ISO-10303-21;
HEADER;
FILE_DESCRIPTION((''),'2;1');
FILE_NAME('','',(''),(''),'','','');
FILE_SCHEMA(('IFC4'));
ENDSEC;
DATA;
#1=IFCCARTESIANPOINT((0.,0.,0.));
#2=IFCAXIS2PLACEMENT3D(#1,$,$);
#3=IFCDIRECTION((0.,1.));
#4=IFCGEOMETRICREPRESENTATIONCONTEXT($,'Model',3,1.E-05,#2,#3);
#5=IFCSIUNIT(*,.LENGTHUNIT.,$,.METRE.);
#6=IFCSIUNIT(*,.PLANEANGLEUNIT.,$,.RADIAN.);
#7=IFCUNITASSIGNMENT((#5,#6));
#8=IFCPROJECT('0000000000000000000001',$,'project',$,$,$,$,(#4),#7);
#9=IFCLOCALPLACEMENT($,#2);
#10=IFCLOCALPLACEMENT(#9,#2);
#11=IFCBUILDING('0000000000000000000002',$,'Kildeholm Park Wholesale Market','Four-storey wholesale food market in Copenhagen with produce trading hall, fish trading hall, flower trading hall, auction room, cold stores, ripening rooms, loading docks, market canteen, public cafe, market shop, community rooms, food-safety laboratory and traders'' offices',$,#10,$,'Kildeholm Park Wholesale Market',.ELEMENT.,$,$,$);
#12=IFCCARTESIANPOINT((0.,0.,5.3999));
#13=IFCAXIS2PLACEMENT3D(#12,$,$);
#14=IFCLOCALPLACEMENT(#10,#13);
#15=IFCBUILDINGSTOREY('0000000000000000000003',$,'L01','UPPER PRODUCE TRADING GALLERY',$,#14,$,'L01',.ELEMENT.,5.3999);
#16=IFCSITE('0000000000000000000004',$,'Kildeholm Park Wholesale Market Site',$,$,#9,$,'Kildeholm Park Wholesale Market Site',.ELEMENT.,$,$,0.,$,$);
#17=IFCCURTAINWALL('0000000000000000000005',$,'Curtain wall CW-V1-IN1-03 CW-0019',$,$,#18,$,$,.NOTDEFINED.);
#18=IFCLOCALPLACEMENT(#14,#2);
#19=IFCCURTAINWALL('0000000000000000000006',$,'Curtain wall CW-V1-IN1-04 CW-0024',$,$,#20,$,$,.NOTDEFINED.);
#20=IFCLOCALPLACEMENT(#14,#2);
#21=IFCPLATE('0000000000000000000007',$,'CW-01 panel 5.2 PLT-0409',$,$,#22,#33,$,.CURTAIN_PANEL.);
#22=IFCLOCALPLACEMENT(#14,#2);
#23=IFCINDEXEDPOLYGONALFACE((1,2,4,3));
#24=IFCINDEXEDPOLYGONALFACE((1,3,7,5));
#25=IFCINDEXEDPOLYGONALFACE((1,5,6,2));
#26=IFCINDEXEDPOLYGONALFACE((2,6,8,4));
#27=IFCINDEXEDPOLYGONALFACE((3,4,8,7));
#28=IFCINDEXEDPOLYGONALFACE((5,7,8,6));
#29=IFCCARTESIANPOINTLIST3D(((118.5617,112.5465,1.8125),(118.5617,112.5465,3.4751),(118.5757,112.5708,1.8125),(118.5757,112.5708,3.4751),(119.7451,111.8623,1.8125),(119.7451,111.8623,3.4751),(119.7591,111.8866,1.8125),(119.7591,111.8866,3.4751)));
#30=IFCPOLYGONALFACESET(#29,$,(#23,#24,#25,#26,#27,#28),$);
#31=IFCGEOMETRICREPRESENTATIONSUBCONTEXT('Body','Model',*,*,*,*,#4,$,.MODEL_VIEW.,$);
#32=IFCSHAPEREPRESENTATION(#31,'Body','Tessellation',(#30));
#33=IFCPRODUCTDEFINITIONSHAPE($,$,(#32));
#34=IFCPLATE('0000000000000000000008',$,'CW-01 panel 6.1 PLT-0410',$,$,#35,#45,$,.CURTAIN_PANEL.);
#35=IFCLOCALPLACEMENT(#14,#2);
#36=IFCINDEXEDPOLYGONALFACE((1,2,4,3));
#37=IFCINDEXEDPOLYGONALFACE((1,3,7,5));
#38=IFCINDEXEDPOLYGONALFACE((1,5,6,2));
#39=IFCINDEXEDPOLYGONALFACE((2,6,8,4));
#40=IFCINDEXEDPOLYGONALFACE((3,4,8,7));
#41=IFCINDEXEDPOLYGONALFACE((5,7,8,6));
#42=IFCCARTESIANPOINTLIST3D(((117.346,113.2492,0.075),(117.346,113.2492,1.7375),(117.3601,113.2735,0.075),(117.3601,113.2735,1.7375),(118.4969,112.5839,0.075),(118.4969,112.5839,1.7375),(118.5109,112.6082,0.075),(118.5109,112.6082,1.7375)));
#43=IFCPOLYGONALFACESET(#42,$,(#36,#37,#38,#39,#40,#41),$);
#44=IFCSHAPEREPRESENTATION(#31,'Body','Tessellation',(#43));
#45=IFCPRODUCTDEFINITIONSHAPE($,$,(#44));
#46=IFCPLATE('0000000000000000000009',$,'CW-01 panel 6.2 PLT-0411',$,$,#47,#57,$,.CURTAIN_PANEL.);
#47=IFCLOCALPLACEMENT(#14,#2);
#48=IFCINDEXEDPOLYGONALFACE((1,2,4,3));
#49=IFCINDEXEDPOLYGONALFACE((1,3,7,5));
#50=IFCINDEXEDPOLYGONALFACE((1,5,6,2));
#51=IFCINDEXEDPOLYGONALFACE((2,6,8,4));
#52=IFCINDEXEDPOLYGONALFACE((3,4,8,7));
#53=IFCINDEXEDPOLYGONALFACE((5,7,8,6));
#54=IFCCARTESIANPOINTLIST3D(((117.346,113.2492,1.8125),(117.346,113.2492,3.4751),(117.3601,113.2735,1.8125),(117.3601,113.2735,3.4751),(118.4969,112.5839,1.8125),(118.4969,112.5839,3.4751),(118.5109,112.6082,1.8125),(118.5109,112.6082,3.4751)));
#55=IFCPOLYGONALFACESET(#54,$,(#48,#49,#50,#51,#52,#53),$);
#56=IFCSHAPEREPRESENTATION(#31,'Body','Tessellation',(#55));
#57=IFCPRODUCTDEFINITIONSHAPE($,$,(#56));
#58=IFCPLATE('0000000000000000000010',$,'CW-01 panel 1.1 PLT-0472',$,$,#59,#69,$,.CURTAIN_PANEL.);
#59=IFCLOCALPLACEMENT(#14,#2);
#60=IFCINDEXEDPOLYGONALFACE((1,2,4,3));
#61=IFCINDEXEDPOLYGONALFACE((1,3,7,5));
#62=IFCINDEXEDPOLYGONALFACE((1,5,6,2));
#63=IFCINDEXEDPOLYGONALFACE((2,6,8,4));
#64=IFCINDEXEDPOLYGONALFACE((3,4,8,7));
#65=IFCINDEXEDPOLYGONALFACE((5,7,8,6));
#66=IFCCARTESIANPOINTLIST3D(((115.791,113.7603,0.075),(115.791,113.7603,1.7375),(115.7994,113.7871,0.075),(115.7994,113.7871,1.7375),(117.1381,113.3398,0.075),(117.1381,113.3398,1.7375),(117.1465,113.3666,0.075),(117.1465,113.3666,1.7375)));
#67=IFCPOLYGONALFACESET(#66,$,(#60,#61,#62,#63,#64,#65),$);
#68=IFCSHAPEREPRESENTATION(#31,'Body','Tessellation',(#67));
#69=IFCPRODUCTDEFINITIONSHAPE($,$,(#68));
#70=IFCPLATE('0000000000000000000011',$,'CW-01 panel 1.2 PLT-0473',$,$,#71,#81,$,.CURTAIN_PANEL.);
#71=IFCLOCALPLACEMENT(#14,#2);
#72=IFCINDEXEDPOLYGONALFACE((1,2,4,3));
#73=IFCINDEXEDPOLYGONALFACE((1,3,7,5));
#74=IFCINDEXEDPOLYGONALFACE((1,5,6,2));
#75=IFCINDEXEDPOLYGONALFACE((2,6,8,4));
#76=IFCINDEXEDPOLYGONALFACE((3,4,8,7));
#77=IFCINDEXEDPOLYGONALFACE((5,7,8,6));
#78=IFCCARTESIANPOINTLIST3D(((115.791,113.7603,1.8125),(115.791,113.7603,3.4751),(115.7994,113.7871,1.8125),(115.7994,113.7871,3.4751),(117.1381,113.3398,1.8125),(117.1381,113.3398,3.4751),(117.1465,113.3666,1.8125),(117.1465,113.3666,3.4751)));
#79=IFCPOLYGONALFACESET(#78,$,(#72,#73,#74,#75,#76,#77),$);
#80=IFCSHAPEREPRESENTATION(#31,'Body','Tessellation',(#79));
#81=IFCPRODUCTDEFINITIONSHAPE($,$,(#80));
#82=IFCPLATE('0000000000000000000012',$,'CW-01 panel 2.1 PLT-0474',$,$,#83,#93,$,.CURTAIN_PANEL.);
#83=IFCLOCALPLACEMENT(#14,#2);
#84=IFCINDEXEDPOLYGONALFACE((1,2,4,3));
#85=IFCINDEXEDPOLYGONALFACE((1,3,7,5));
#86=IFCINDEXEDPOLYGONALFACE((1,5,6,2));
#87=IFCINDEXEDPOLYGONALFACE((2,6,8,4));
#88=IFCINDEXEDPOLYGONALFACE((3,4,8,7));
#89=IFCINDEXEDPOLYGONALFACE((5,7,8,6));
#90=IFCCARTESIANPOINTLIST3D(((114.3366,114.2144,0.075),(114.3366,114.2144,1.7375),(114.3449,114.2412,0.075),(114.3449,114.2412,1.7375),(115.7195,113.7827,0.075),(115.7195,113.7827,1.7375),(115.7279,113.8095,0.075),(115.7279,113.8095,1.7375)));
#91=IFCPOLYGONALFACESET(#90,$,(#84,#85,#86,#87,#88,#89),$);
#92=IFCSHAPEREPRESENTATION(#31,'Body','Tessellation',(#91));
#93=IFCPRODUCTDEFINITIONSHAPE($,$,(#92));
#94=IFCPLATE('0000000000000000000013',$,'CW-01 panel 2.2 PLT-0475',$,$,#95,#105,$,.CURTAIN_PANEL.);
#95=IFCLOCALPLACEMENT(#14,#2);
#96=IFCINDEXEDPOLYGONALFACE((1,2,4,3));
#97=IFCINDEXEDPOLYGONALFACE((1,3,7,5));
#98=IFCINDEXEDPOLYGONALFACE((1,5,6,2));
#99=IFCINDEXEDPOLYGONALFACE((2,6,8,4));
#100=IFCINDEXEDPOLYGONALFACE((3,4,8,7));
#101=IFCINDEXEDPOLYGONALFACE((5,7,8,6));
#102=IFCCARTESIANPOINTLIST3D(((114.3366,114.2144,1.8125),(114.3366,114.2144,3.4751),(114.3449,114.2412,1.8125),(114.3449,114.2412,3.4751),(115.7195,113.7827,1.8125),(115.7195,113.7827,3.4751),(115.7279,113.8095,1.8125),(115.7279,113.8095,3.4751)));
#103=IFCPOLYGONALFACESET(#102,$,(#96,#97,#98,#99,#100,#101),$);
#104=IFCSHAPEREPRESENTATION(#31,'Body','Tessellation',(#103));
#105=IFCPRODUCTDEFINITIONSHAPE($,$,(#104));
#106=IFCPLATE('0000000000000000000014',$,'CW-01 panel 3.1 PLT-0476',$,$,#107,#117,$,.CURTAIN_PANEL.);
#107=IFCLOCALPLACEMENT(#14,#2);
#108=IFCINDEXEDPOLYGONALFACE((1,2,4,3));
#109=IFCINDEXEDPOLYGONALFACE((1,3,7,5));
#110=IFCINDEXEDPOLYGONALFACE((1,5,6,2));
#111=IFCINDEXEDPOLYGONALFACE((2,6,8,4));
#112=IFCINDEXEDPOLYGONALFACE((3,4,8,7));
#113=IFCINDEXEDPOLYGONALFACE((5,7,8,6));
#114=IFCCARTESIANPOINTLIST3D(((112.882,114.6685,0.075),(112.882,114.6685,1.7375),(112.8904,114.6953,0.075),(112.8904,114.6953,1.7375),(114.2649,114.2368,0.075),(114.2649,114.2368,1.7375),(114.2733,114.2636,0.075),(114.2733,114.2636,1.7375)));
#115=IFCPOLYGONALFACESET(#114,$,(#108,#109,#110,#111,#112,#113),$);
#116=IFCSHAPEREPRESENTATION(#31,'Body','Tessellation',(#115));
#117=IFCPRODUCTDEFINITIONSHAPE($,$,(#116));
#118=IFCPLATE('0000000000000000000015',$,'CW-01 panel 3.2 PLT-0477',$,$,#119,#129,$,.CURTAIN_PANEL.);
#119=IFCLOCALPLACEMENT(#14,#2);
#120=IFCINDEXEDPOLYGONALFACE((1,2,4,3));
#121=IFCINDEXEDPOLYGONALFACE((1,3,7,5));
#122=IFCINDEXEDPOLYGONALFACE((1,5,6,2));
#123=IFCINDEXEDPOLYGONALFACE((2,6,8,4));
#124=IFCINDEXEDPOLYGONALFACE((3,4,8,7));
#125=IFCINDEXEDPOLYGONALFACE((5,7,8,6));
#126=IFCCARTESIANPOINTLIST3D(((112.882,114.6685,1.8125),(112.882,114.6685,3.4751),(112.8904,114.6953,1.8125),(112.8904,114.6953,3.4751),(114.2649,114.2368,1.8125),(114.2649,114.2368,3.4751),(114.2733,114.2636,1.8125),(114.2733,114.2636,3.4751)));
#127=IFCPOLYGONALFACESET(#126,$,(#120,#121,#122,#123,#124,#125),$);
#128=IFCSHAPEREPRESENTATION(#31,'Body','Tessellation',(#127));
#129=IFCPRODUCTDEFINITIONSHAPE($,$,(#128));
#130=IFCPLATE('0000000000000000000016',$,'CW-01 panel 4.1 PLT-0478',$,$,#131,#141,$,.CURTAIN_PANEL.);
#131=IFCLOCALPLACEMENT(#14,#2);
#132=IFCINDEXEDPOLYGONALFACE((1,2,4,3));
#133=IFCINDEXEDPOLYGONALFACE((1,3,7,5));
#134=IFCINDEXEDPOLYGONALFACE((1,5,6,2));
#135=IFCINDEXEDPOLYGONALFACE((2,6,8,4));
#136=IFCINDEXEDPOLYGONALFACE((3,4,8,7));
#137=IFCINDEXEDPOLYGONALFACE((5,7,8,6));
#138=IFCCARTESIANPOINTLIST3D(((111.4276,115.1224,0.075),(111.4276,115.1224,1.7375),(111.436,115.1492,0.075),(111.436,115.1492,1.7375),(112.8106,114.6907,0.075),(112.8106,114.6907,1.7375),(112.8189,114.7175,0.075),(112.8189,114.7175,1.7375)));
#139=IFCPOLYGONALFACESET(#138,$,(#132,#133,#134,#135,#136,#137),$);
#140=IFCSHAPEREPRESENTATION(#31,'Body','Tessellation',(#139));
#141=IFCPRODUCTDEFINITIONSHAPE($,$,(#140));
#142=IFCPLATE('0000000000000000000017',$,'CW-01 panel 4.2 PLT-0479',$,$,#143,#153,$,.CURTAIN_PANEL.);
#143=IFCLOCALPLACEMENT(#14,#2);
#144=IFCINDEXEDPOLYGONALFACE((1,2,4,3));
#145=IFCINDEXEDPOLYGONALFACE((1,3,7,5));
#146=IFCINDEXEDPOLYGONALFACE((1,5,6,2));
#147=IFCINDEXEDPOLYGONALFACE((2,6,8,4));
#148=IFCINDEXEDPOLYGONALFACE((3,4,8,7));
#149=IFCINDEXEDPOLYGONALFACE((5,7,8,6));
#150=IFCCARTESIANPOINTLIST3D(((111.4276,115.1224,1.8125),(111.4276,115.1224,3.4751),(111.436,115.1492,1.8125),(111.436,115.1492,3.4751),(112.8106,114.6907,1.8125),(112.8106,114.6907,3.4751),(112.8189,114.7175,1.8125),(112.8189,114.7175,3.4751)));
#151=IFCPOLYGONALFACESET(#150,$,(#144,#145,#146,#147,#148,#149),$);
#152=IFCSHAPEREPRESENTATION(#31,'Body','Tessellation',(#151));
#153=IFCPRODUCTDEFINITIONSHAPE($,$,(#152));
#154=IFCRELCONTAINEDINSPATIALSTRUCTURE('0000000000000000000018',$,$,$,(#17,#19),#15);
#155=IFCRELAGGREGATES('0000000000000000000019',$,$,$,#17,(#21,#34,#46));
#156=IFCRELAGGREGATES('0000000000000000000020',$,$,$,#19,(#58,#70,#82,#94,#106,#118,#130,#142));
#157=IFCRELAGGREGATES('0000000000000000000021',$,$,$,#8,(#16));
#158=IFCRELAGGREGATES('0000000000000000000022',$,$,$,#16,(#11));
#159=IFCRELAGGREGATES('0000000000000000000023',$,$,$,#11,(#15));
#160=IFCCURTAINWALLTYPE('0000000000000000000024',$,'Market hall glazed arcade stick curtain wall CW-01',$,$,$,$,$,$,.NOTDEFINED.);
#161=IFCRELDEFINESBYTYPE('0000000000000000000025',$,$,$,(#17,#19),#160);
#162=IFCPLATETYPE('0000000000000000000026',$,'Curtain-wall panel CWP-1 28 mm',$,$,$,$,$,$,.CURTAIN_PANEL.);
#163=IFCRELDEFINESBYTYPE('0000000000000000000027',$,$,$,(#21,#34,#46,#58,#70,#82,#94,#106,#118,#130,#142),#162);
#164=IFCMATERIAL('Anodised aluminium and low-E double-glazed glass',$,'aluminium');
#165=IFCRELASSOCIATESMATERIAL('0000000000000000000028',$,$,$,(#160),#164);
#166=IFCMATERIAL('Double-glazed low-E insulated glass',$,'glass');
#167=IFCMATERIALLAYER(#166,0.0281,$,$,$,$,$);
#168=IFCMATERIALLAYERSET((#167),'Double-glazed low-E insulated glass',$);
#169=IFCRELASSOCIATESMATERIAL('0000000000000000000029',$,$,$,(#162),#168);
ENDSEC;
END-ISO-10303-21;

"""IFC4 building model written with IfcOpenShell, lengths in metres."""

from ifc_helpers import new_model, si_unit, direction, frame, origin, origin_2d, place, context, subcontext, project, spatial, rectangle, extrude, material, layer, layer_set, type_object, element, aggregate, save


model = new_model("IFC4")

# Units and contexts
model_context = context("Model", 3, precision=1e-05, world=origin(), true_north=direction((0.0, 1.0)))
body_context = subcontext(model_context, "Body", "Model", "MODEL_VIEW")
ifc_project = project(units=[si_unit("LENGTHUNIT", "METRE"), si_unit("PLANEANGLEUNIT", "RADIAN")], contexts=[model_context])

# Site, building, storey
site_placement = place(None, origin())
site = spatial("IfcSite", under=ifc_project, at=site_placement, Name="Kildeholm Park Wholesale Market Site", LongName="Kildeholm Park Wholesale Market Site", CompositionType="ELEMENT", RefElevation=0.0)
building_placement = place(site_placement, origin())
building = spatial("IfcBuilding", under=site, at=building_placement, Name="Kildeholm Park Wholesale Market", Description="Four-storey wholesale food market in Copenhagen with produce trading hall, fish trading hall, flower trading hall, auction room, cold stores, ripening rooms, loading docks, market canteen, public cafe, market shop, community rooms, food-safety laboratory and traders' offices", LongName="Kildeholm Park Wholesale Market", CompositionType="ELEMENT")
storey_placement = place(building_placement, frame((0.0, 0.0, 5.3999)))
storey = spatial("IfcBuildingStorey", under=building, at=storey_placement, Name="L01", Description="UPPER PRODUCE TRADING GALLERY", LongName="L01", CompositionType="ELEMENT", Elevation=5.3999)

# Curtain walls
ifc_material_1 = material(Name="Anodised aluminium and low-E double-glazed glass", Category="aluminium")
curtain_wall_type = type_object("IfcCurtainWallType", Name="Market hall glazed arcade stick curtain wall CW-01", PredefinedType="NOTDEFINED", material=ifc_material_1)
curtain_wall_1_placement = place(storey_placement, origin())
curtain_wall_1 = element("IfcCurtainWall", 1, at=curtain_wall_1_placement, inside=storey, type_object=curtain_wall_type, Name="Curtain wall CW-V1-IN1-03 CW-0019", PredefinedType="NOTDEFINED")
curtain_wall_2_placement = place(storey_placement, origin())
curtain_wall_2 = element("IfcCurtainWall", 2, at=curtain_wall_2_placement, inside=storey, type_object=curtain_wall_type, Name="Curtain wall CW-V1-IN1-04 CW-0024", PredefinedType="NOTDEFINED")

# Plates
ifc_material_2 = material(Name="Double-glazed low-E insulated glass", Category="glass")
ifc_layer = layer(ifc_material_2, 0.0281)
ifc_layer_set = layer_set([ifc_layer], Name="Double-glazed low-E insulated glass")
plate_type = type_object("IfcPlateType", Name="Curtain-wall panel CWP-1 28 mm", PredefinedType="CURTAIN_PANEL", material=ifc_layer_set)
plate_1_placement = place(storey_placement, frame((119.1604, 112.2166, 1.8125), z_axis=(0.0, 0.0, 1.0), x_axis=(-0.865743, 0.500489, 0.0)))
plate_1 = element("IfcPlate", 3, at=plate_1_placement, type_object=plate_type, Name="CW-01 panel 5.2 PLT-0409", PredefinedType="CURTAIN_PANEL", context=body_context, shape_type="SweptSolid", body=[
    extrude(rectangle(XDim=1.3669, YDim=0.0281, at=origin_2d()), origin(), (0.0, 0.0, 1.0), 1.6626),
])
plate_2_placement = place(storey_placement, frame((117.9285, 112.9287, 0.075), z_axis=(0.0, 0.0, 1.0), x_axis=(-0.865743, 0.500489, 0.0)))
plate_2 = element("IfcPlate", 4, at=plate_2_placement, type_object=plate_type, Name="CW-01 panel 6.1 PLT-0410", PredefinedType="CURTAIN_PANEL", context=body_context, shape_type="SweptSolid", body=[
    extrude(rectangle(XDim=1.3293, YDim=0.0281, at=origin_2d()), origin(), (0.0, 0.0, 1.0), 1.6626),
])
plate_3_placement = place(storey_placement, frame((117.9285, 112.9287, 1.8125), z_axis=(0.0, 0.0, 1.0), x_axis=(-0.865743, 0.500489, 0.0)))
plate_3 = element("IfcPlate", 5, at=plate_3_placement, type_object=plate_type, Name="CW-01 panel 6.2 PLT-0411", PredefinedType="CURTAIN_PANEL", context=body_context, shape_type="SweptSolid", body=[
    extrude(rectangle(XDim=1.3293, YDim=0.0281, at=origin_2d()), origin(), (0.0, 0.0, 1.0), 1.6626),
])
aggregate(curtain_wall_1, [plate_1, plate_2, plate_3])
plate_4_placement = place(storey_placement, frame((116.4688, 113.5635, 0.075), z_axis=(0.0, 0.0, 1.0), x_axis=(-0.954579, 0.297957, 0.0)))
plate_4 = element("IfcPlate", 6, at=plate_4_placement, type_object=plate_type, Name="CW-01 panel 1.1 PLT-0472", PredefinedType="CURTAIN_PANEL", context=body_context, shape_type="SweptSolid", body=[
    extrude(rectangle(XDim=1.4111, YDim=0.0281, at=origin_2d()), origin(), (0.0, 0.0, 1.0), 1.6626),
])
plate_5_placement = place(storey_placement, frame((116.4688, 113.5635, 1.8125), z_axis=(0.0, 0.0, 1.0), x_axis=(-0.954579, 0.297957, 0.0)))
plate_5 = element("IfcPlate", 7, at=plate_5_placement, type_object=plate_type, Name="CW-01 panel 1.2 PLT-0473", PredefinedType="CURTAIN_PANEL", context=body_context, shape_type="SweptSolid", body=[
    extrude(rectangle(XDim=1.4111, YDim=0.0281, at=origin_2d()), origin(), (0.0, 0.0, 1.0), 1.6626),
])
plate_6_placement = place(storey_placement, frame((115.0322, 114.012, 0.075), z_axis=(0.0, 0.0, 1.0), x_axis=(-0.954579, 0.297957, 0.0)))
plate_6 = element("IfcPlate", 8, at=plate_6_placement, type_object=plate_type, Name="CW-01 panel 2.1 PLT-0474", PredefinedType="CURTAIN_PANEL", context=body_context, shape_type="SweptSolid", body=[
    extrude(rectangle(XDim=1.4487, YDim=0.0281, at=origin_2d()), origin(), (0.0, 0.0, 1.0), 1.6626),
])
plate_7_placement = place(storey_placement, frame((115.0322, 114.012, 1.8125), z_axis=(0.0, 0.0, 1.0), x_axis=(-0.954579, 0.297957, 0.0)))
plate_7 = element("IfcPlate", 9, at=plate_7_placement, type_object=plate_type, Name="CW-01 panel 2.2 PLT-0475", PredefinedType="CURTAIN_PANEL", context=body_context, shape_type="SweptSolid", body=[
    extrude(rectangle(XDim=1.4487, YDim=0.0281, at=origin_2d()), origin(), (0.0, 0.0, 1.0), 1.6626),
])
plate_8_placement = place(storey_placement, frame((113.5776, 114.4661, 0.075), z_axis=(0.0, 0.0, 1.0), x_axis=(-0.954579, 0.297957, 0.0)))
plate_8 = element("IfcPlate", 10, at=plate_8_placement, type_object=plate_type, Name="CW-01 panel 3.1 PLT-0476", PredefinedType="CURTAIN_PANEL", context=body_context, shape_type="SweptSolid", body=[
    extrude(rectangle(XDim=1.4487, YDim=0.0281, at=origin_2d()), origin(), (0.0, 0.0, 1.0), 1.6626),
])
plate_9_placement = place(storey_placement, frame((113.5776, 114.4661, 1.8125), z_axis=(0.0, 0.0, 1.0), x_axis=(-0.954579, 0.297957, 0.0)))
plate_9 = element("IfcPlate", 11, at=plate_9_placement, type_object=plate_type, Name="CW-01 panel 3.2 PLT-0477", PredefinedType="CURTAIN_PANEL", context=body_context, shape_type="SweptSolid", body=[
    extrude(rectangle(XDim=1.4487, YDim=0.0281, at=origin_2d()), origin(), (0.0, 0.0, 1.0), 1.6626),
])
plate_10_placement = place(storey_placement, frame((112.1233, 114.9199, 0.075), z_axis=(0.0, 0.0, 1.0), x_axis=(-0.954579, 0.297957, 0.0)))
plate_10 = element("IfcPlate", 12, at=plate_10_placement, type_object=plate_type, Name="CW-01 panel 4.1 PLT-0478", PredefinedType="CURTAIN_PANEL", context=body_context, shape_type="SweptSolid", body=[
    extrude(rectangle(XDim=1.4487, YDim=0.0281, at=origin_2d()), origin(), (0.0, 0.0, 1.0), 1.6626),
])
plate_11_placement = place(storey_placement, frame((112.1233, 114.9199, 1.8125), z_axis=(0.0, 0.0, 1.0), x_axis=(-0.954579, 0.297957, 0.0)))
plate_11 = element("IfcPlate", 13, at=plate_11_placement, type_object=plate_type, Name="CW-01 panel 4.2 PLT-0479", PredefinedType="CURTAIN_PANEL", context=body_context, shape_type="SweptSolid", body=[
    extrude(rectangle(XDim=1.4487, YDim=0.0281, at=origin_2d()), origin(), (0.0, 0.0, 1.0), 1.6626),
])
aggregate(curtain_wall_2, [plate_4, plate_5, plate_6, plate_7, plate_8, plate_9, plate_10, plate_11])

save(model, "model.ifc")
